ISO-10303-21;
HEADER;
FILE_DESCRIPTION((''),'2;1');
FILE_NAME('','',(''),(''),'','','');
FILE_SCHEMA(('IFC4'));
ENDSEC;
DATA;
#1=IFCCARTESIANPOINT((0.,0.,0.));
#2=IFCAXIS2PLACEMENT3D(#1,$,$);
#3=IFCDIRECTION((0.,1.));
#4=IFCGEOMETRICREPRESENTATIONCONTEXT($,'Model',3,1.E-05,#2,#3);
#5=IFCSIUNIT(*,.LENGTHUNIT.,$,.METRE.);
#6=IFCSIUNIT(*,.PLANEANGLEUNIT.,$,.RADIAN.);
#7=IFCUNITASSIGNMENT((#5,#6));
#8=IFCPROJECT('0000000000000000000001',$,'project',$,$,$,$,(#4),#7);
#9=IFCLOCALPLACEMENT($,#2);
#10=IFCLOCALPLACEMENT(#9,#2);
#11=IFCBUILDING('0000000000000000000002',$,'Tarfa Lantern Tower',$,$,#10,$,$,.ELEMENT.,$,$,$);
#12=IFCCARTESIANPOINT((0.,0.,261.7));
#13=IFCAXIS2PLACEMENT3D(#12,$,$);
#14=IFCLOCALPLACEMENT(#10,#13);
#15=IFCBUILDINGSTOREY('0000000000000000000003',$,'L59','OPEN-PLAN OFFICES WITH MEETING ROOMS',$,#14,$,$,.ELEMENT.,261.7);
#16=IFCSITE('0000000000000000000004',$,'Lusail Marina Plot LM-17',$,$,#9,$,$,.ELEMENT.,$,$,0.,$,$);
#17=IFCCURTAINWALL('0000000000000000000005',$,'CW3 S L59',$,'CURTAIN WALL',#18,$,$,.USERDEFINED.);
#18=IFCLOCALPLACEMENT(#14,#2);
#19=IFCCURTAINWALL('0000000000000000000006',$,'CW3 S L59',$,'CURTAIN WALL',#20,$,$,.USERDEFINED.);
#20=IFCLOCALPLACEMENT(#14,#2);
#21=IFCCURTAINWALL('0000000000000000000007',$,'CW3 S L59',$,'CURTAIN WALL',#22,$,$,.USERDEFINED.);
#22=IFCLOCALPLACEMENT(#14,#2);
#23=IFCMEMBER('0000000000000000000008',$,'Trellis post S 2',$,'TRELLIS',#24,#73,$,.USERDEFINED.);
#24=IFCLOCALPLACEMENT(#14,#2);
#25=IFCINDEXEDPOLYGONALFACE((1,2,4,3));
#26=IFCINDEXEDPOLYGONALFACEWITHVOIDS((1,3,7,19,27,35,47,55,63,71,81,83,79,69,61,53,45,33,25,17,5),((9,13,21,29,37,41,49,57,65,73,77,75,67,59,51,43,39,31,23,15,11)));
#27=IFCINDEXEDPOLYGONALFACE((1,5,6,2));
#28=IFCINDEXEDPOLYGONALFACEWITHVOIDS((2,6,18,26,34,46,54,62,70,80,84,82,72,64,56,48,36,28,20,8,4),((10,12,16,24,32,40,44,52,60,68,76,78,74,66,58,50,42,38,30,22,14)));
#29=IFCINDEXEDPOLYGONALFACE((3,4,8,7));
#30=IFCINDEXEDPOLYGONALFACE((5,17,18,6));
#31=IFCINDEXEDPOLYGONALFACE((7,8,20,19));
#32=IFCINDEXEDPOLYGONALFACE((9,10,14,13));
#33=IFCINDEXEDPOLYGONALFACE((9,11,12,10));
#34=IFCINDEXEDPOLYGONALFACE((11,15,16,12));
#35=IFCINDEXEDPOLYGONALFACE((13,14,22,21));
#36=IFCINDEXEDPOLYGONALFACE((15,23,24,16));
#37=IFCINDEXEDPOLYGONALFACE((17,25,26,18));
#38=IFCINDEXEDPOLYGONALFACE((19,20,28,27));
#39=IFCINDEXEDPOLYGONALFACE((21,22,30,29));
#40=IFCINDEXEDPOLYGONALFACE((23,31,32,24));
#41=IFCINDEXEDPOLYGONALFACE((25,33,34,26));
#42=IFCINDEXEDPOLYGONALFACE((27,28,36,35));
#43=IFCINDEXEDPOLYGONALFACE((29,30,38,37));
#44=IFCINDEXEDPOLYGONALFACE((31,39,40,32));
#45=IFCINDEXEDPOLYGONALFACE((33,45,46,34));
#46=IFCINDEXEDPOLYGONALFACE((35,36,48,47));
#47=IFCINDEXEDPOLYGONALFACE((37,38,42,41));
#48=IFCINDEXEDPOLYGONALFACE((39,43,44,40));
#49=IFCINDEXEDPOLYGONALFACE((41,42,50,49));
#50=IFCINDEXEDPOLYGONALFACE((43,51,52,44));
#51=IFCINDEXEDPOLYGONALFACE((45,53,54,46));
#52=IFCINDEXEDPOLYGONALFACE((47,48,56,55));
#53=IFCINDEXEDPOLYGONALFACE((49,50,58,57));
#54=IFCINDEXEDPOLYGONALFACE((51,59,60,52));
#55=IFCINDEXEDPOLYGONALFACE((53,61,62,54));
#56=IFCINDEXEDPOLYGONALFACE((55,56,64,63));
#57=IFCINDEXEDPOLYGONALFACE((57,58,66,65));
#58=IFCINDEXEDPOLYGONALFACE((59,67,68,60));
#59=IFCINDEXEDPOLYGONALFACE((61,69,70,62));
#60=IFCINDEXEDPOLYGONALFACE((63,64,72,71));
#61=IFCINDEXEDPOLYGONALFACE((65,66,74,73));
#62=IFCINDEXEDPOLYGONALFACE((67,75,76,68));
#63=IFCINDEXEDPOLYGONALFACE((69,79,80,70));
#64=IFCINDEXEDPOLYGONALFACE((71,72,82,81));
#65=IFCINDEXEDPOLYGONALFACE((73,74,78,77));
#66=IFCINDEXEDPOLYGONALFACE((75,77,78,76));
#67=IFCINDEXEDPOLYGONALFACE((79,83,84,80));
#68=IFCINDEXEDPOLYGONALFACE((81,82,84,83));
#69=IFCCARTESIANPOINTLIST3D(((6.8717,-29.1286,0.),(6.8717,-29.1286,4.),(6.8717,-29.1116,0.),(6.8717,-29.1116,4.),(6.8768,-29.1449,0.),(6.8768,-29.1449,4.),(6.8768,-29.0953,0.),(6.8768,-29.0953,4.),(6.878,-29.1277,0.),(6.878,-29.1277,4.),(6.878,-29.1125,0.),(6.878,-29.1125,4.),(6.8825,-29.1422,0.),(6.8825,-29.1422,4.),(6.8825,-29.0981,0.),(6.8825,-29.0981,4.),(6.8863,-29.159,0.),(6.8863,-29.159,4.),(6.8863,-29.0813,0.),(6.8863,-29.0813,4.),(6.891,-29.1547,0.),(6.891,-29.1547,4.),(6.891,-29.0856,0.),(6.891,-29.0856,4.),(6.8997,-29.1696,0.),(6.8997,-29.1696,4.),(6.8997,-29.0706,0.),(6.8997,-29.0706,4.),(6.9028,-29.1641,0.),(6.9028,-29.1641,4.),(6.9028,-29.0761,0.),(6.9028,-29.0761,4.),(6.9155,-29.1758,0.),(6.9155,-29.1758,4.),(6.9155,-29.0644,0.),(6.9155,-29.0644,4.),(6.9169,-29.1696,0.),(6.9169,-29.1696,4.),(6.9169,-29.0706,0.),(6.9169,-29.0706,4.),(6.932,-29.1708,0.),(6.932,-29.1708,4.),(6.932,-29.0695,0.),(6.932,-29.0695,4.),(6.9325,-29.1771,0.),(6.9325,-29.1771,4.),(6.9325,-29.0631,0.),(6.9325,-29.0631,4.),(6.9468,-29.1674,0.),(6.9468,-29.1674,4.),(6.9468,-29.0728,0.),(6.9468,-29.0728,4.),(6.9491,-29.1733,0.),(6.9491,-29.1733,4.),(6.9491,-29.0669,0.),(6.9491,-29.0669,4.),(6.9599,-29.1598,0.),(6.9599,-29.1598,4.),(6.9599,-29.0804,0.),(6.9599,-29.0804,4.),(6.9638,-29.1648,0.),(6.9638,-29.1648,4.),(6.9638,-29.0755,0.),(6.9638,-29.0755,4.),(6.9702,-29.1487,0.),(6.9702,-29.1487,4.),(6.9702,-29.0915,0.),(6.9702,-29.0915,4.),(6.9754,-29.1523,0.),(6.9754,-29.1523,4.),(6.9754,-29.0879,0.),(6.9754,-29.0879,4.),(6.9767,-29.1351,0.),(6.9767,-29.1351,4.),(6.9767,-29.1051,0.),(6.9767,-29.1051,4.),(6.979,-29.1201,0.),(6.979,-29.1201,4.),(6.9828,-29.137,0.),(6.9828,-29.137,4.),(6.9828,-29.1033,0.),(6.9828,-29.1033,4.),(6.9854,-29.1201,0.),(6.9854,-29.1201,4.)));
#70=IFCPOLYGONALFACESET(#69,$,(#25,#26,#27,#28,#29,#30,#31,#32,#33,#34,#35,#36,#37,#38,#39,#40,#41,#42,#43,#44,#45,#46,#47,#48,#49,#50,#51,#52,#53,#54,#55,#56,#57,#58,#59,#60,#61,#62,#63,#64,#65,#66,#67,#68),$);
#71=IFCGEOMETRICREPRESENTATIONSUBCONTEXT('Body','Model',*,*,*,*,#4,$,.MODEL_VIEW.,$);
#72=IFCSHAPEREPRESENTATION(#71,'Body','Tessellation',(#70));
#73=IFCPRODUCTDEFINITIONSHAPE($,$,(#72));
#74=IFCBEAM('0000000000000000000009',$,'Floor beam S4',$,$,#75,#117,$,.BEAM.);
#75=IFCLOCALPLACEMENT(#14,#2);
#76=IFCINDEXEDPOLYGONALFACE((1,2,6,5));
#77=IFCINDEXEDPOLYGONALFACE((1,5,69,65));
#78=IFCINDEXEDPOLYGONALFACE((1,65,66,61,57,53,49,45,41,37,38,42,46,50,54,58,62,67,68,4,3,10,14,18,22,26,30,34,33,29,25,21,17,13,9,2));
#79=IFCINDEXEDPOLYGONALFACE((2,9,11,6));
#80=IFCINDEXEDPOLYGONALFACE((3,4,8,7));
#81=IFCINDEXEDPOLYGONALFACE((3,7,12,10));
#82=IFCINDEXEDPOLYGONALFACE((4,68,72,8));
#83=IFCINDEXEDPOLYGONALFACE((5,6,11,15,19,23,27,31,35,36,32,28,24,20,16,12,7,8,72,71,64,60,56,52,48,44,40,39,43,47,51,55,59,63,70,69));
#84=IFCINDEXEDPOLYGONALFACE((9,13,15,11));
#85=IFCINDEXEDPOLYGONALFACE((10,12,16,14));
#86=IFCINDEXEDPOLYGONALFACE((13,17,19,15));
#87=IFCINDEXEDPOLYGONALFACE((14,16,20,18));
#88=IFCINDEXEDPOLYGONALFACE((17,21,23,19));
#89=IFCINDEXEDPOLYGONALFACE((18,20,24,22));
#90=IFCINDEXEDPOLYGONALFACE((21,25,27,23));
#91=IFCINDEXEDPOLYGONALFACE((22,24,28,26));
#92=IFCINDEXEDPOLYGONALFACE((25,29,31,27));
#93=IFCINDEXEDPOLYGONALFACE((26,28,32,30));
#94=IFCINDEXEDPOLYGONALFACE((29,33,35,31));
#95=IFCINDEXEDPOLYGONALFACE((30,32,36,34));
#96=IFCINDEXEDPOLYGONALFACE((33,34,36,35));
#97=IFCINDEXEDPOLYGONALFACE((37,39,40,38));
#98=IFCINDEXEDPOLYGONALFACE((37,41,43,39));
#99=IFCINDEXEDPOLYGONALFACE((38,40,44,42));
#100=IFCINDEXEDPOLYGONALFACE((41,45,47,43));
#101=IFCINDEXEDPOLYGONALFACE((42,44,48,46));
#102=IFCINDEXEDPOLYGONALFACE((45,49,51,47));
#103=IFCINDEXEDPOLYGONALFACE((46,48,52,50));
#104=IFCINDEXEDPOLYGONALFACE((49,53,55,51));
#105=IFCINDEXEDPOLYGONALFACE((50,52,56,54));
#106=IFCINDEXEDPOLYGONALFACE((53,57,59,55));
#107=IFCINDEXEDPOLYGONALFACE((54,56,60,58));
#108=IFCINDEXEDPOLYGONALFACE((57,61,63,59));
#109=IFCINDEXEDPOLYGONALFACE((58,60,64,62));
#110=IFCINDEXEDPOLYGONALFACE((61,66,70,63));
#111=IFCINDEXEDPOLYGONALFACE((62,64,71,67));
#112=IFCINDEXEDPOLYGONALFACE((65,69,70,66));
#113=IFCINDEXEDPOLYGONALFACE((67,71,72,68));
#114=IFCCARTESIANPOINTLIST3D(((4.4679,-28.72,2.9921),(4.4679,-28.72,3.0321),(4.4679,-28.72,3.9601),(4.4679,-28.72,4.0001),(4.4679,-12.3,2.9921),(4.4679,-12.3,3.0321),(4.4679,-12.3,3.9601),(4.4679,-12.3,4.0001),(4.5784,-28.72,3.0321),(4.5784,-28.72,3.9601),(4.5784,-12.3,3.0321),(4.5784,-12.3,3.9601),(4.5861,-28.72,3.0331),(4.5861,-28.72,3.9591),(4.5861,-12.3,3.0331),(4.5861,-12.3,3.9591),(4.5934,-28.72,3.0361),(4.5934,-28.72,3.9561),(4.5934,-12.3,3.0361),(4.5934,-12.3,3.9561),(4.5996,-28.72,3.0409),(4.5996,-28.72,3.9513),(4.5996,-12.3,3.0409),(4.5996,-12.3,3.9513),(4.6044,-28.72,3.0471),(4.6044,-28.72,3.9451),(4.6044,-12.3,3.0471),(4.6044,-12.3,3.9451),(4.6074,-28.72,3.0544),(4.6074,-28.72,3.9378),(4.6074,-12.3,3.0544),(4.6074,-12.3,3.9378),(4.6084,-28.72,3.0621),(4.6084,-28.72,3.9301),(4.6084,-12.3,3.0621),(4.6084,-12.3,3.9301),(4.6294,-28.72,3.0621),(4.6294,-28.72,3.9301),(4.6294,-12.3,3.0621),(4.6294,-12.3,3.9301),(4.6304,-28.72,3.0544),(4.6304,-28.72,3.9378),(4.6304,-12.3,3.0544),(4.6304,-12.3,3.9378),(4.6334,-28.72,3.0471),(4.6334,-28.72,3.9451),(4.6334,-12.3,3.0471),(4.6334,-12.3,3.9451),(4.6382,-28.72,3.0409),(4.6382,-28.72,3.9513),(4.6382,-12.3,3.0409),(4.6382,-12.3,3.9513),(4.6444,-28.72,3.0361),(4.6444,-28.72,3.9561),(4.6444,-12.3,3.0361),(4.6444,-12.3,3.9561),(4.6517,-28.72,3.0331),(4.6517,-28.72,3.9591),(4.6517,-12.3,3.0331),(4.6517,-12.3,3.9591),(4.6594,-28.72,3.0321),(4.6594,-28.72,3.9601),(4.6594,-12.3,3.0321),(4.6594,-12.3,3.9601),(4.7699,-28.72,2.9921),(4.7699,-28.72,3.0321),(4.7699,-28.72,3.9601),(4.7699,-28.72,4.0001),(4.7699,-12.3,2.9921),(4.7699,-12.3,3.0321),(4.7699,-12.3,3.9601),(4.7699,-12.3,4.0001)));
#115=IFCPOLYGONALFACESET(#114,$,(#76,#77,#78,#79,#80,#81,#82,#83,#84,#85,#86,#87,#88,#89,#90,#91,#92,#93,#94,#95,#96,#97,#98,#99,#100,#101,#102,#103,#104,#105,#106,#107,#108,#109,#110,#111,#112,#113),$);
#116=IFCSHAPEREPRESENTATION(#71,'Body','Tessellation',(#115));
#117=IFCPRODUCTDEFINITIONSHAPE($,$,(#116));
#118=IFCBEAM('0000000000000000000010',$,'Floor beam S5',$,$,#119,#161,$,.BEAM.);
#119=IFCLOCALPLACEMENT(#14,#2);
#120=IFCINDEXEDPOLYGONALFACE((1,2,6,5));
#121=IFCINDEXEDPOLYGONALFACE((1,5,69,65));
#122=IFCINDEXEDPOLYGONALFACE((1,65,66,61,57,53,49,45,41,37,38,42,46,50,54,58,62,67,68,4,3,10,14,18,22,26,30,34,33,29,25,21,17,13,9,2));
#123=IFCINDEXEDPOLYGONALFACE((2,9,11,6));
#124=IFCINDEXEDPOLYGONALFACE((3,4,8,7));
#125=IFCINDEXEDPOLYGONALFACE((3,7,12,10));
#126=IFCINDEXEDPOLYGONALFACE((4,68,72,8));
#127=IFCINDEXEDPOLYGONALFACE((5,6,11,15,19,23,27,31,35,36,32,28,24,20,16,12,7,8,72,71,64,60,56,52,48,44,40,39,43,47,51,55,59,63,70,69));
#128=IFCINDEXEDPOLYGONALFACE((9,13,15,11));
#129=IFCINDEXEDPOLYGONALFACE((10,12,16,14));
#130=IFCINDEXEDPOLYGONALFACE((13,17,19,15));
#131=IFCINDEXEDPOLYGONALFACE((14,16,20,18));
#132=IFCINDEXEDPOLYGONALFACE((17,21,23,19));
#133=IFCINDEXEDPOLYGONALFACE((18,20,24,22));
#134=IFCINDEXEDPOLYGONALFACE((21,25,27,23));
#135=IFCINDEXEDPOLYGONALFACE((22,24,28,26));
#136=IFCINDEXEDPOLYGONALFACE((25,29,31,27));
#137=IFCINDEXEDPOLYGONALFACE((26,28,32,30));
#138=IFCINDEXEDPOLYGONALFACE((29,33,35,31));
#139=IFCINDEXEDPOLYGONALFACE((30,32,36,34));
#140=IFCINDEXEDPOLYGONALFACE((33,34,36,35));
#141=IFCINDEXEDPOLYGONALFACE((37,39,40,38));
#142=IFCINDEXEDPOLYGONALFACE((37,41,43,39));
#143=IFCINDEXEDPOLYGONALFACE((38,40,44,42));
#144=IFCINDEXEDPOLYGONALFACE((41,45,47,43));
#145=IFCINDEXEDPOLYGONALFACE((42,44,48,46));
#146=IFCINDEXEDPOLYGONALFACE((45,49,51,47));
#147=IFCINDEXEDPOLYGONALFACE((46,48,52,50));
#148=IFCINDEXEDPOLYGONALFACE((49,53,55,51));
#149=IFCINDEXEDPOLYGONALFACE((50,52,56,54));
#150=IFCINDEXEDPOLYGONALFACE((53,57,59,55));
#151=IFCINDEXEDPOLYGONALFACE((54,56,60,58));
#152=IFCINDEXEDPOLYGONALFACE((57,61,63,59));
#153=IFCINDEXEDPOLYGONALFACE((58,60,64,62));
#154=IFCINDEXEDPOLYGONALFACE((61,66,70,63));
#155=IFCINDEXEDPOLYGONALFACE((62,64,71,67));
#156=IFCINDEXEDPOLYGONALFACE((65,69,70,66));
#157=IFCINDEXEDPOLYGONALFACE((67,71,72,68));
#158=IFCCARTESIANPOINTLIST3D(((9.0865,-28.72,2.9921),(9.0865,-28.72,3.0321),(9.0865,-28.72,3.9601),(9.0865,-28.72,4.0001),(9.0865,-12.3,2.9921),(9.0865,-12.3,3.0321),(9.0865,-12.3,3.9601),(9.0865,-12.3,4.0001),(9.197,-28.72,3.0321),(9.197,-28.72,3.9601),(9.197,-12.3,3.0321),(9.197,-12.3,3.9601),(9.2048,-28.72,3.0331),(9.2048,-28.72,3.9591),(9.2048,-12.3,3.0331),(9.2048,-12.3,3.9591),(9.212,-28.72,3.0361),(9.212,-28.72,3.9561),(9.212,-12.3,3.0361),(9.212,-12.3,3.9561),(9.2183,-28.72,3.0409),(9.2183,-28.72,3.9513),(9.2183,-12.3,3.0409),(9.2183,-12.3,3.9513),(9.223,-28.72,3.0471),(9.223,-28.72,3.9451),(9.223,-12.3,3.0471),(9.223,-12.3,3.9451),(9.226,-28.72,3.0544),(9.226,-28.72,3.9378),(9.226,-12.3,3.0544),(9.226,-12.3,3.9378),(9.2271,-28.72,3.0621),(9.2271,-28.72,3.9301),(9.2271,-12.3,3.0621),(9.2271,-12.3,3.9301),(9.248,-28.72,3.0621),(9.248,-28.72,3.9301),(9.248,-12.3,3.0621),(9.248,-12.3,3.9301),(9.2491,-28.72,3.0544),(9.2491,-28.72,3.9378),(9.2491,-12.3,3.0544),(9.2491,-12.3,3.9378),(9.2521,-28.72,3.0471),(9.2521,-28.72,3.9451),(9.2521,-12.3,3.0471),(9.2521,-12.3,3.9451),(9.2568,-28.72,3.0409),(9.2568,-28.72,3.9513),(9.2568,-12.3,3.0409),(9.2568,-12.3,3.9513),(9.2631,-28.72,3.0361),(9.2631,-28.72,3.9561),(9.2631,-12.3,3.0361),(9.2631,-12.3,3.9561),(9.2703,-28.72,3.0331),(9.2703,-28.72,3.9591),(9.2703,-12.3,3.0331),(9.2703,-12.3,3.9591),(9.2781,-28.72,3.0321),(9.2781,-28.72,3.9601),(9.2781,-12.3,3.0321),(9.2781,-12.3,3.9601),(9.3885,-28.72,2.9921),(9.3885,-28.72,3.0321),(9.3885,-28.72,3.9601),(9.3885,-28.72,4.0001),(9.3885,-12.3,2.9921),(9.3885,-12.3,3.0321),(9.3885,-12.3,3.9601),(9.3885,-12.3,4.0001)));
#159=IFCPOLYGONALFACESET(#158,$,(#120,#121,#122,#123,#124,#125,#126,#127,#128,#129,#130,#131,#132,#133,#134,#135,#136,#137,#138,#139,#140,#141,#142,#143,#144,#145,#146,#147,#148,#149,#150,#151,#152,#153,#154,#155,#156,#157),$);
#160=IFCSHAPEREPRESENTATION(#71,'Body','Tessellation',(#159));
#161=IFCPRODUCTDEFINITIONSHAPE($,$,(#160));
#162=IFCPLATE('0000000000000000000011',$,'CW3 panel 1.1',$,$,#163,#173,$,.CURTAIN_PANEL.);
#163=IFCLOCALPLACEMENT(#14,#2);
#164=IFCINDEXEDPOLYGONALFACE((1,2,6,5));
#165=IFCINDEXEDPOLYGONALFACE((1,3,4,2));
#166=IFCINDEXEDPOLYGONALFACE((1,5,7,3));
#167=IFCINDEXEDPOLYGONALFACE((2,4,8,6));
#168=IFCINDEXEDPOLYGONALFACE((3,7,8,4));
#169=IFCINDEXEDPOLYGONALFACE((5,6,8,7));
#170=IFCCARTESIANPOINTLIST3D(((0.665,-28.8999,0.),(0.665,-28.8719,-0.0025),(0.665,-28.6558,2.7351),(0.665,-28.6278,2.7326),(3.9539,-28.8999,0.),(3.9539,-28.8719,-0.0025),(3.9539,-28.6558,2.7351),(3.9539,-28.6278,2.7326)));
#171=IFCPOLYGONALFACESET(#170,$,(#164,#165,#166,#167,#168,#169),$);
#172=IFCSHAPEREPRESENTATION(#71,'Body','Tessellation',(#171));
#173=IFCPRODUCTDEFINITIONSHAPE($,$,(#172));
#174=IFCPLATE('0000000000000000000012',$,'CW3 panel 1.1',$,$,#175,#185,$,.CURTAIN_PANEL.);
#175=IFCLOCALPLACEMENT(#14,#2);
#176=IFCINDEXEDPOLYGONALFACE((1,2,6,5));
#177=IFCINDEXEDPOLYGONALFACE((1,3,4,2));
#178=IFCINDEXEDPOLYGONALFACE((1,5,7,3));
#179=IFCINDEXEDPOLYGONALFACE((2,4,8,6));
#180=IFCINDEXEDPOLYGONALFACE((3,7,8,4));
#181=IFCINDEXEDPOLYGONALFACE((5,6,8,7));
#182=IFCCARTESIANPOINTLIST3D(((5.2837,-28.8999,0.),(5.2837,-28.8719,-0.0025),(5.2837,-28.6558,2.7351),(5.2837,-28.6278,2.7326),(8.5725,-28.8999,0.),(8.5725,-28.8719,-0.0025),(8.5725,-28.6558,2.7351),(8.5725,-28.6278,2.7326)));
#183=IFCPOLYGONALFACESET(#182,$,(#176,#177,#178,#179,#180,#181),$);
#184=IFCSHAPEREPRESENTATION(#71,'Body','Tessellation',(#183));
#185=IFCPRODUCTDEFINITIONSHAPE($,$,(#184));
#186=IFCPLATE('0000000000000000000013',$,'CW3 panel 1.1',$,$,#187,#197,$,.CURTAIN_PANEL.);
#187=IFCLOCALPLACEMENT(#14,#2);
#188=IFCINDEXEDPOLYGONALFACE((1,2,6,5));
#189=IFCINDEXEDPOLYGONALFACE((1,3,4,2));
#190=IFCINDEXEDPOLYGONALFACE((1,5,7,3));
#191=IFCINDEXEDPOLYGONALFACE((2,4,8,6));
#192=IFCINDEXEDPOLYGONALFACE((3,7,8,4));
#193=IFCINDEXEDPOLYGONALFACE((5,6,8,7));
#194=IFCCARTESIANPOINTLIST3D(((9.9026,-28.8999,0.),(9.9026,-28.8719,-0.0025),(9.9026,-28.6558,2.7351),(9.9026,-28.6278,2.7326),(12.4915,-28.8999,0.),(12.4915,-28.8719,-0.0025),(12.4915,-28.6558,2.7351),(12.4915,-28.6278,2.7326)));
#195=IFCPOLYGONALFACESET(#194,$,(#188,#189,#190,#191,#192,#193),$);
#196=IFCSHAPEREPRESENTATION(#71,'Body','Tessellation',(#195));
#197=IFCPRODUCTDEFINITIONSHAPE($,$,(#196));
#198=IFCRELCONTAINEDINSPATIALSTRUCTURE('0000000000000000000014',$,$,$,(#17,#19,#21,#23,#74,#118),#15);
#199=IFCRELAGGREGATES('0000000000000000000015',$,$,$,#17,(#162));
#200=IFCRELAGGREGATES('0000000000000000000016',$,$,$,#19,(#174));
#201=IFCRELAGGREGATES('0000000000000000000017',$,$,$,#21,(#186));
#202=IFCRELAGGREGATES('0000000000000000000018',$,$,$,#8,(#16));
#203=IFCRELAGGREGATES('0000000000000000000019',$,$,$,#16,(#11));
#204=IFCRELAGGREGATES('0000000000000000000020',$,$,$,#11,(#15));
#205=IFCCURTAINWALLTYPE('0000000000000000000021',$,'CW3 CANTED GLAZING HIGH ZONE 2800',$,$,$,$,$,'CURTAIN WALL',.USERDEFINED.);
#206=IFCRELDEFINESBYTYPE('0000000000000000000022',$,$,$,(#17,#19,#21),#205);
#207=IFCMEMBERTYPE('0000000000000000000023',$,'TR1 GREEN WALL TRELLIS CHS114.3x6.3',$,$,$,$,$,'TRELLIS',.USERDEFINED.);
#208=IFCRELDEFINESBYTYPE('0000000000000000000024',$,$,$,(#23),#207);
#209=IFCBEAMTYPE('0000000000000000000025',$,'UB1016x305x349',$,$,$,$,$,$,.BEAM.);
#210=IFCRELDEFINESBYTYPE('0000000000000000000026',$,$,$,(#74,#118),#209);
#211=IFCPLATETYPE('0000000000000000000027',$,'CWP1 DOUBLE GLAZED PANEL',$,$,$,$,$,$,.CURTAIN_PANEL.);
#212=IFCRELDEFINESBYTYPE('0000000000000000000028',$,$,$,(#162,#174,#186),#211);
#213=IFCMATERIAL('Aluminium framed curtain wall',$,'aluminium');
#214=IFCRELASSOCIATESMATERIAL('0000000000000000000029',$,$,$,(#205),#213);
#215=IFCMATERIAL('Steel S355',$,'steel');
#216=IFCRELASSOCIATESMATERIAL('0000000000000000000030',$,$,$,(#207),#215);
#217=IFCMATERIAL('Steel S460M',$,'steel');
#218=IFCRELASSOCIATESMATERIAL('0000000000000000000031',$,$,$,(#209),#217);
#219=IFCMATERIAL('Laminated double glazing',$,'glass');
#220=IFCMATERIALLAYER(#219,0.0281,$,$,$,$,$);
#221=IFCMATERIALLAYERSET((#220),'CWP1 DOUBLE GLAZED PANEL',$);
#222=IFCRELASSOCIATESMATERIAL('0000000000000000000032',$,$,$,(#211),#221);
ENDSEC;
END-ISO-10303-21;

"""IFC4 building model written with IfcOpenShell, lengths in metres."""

from ifc_helpers import new_model, si_unit, direction, frame, origin, origin_2d, place, context, subcontext, project, spatial, polyline, hollow_circle, i_section, outline, extrude, material, layer, layer_set, material_profile, profile_set, type_object, element, aggregate, save


model = new_model("IFC4")

# Units and contexts
model_context = context("Model", 3, precision=1e-05, world=origin(), true_north=direction((0.0, 1.0)))
body_context = subcontext(model_context, "Body", "Model", "MODEL_VIEW")
ifc_project = project(units=[si_unit("LENGTHUNIT", "METRE"), si_unit("PLANEANGLEUNIT", "RADIAN")], contexts=[model_context])

# Site, building, storey
site_placement = place(None, origin())
site = spatial("IfcSite", under=ifc_project, at=site_placement, Name="Lusail Marina Plot LM-17", CompositionType="ELEMENT", RefElevation=0.0)
building_placement = place(site_placement, origin())
building = spatial("IfcBuilding", under=site, at=building_placement, Name="Tarfa Lantern Tower", CompositionType="ELEMENT")
storey_placement = place(building_placement, frame((0.0, 0.0, 261.7)))
storey = spatial("IfcBuildingStorey", under=building, at=storey_placement, Name="L59", Description="OPEN-PLAN OFFICES WITH MEETING ROOMS", CompositionType="ELEMENT", Elevation=261.7)

# Curtain walls
ifc_material_1 = material(Name="Aluminium framed curtain wall", Category="aluminium")
curtain_wall_type = type_object("IfcCurtainWallType", Name="CW3 CANTED GLAZING HIGH ZONE 2800", ElementType="CURTAIN WALL", PredefinedType="USERDEFINED", material=ifc_material_1)
curtain_wall_1_placement = place(storey_placement, origin())
curtain_wall_1 = element("IfcCurtainWall", 1, at=curtain_wall_1_placement, inside=storey, type_object=curtain_wall_type, Name="CW3 S L59", ObjectType="CURTAIN WALL", PredefinedType="USERDEFINED")
curtain_wall_2_placement = place(storey_placement, origin())
curtain_wall_2 = element("IfcCurtainWall", 2, at=curtain_wall_2_placement, inside=storey, type_object=curtain_wall_type, Name="CW3 S L59", ObjectType="CURTAIN WALL", PredefinedType="USERDEFINED")
curtain_wall_3_placement = place(storey_placement, origin())
curtain_wall_3 = element("IfcCurtainWall", 3, at=curtain_wall_3_placement, inside=storey, type_object=curtain_wall_type, Name="CW3 S L59", ObjectType="CURTAIN WALL", PredefinedType="USERDEFINED")

# Member
ifc_material_2 = material(Name="Steel S355", Category="steel")
ifc_material_profile_1 = material_profile(ifc_material_2, hollow_circle(Radius=0.0571, WallThickness=0.0063, at=origin_2d()), Name="CHS114.3x6.3")
ifc_profile_set_1 = profile_set([ifc_material_profile_1], Name="Steel S355")
member_type_1 = type_object("IfcMemberType", Name="TR1 GREEN WALL TRELLIS CHS114.3x6.3", ElementType="TRELLIS", PredefinedType="USERDEFINED", material=ifc_profile_set_1)
member_1_placement = place(storey_placement, frame((6.9282, -29.1201, 0.0), z_axis=(0.0, 0.0, 1.0), x_axis=(1.0, 0.0, 0.0)))
element("IfcMember", 4, at=member_1_placement, inside=storey, type_object=member_type_1, Name="Trellis post S 2", ObjectType="TRELLIS", PredefinedType="USERDEFINED", context=body_context, shape_type="SweptSolid", body=[
    extrude(hollow_circle(Radius=0.0571, WallThickness=0.0063, at=origin_2d()), origin(), (0.0, 0.0, 1.0), 4.0),
])

# Beams
ifc_material_3 = material(Name="Steel S460M", Category="steel")
ifc_material_profile_2 = material_profile(ifc_material_3, i_section(OverallWidth=0.302, OverallDepth=1.0081, WebThickness=0.021, FlangeThickness=0.04, FilletRadius=0.03, at=origin_2d()), Name="UB1016x305x349")
ifc_profile_set_2 = profile_set([ifc_material_profile_2], Name="Steel S460M")
beam_type_1 = type_object("IfcBeamType", Name="UB1016x305x349", PredefinedType="BEAM", material=ifc_profile_set_2)
for number, where, z_axis, x_axis, name in (
    (5, (4.6189, -28.72, 3.4961), (0.0, 1.0, 0.0), (-1.0, 0.0, 0.0), "Floor beam S4"),
    (6, (9.2375, -28.72, 3.4961), (0.0, 1.0, 0.0), (-1.0, 0.0, 0.0), "Floor beam S5"),
):
    element("IfcBeam", number, at=place(storey_placement, frame(where, z_axis=z_axis, x_axis=x_axis)), inside=storey, type_object=beam_type_1, Name=name, PredefinedType="BEAM", context=body_context, shape_type="SweptSolid", body=[
        extrude(i_section(OverallWidth=0.302, OverallDepth=1.0081, WebThickness=0.021, FlangeThickness=0.04, FilletRadius=0.03, at=origin_2d()), origin(), (0.0, 0.0, 1.0), 16.4199),
    ])

# Plates
ifc_material_4 = material(Name="Laminated double glazing", Category="glass")
ifc_layer_1 = layer(ifc_material_4, 0.0281)
ifc_layer_set_1 = layer_set([ifc_layer_1], Name="CWP1 DOUBLE GLAZED PANEL")
plate_type = type_object("IfcPlateType", Name="CWP1 DOUBLE GLAZED PANEL", PredefinedType="CURTAIN_PANEL", material=ifc_layer_set_1)
plate_1_placement = place(storey_placement, frame((0.665, -28.8999, 0.0), z_axis=(0.0, -0.99604, 0.088908), x_axis=(1.0, 0.0, 0.0)))
plate_1 = element("IfcPlate", 7, at=plate_1_placement, type_object=plate_type, Name="CW3 panel 1.1", PredefinedType="CURTAIN_PANEL", context=body_context, shape_type="SweptSolid", body=[
    extrude(outline(polyline([(0.0, 0.0), (3.2888, 0.0), (3.2888, 2.746), (0.0, 2.746), (0.0, 0.0)])), origin(), (0.0, 0.0, -1.0), 0.0281),
])
aggregate(curtain_wall_1, [plate_1])
plate_2_placement = place(storey_placement, frame((5.2837, -28.8999, 0.0), z_axis=(0.0, -0.99604, 0.088908), x_axis=(1.0, 0.0, 0.0)))
plate_2 = element("IfcPlate", 8, at=plate_2_placement, type_object=plate_type, Name="CW3 panel 1.1", PredefinedType="CURTAIN_PANEL", context=body_context, shape_type="SweptSolid", body=[
    extrude(outline(polyline([(0.0, 0.0), (3.2888, 0.0), (3.2888, 2.746), (0.0, 2.746), (0.0, 0.0)])), origin(), (0.0, 0.0, -1.0), 0.0281),
])
aggregate(curtain_wall_2, [plate_2])
plate_3_placement = place(storey_placement, frame((9.9026, -28.8999, 0.0), z_axis=(0.0, -0.99604, 0.088908), x_axis=(1.0, 0.0, 0.0)))
plate_3 = element("IfcPlate", 9, at=plate_3_placement, type_object=plate_type, Name="CW3 panel 1.1", PredefinedType="CURTAIN_PANEL", context=body_context, shape_type="SweptSolid", body=[
    extrude(outline(polyline([(0.0, 0.0), (2.5889, 0.0), (2.5889, 2.746), (0.0, 2.746), (0.0, 0.0)])), origin(), (0.0, 0.0, -1.0), 0.0281),
])
aggregate(curtain_wall_3, [plate_3])

save(model, "model.ifc")
